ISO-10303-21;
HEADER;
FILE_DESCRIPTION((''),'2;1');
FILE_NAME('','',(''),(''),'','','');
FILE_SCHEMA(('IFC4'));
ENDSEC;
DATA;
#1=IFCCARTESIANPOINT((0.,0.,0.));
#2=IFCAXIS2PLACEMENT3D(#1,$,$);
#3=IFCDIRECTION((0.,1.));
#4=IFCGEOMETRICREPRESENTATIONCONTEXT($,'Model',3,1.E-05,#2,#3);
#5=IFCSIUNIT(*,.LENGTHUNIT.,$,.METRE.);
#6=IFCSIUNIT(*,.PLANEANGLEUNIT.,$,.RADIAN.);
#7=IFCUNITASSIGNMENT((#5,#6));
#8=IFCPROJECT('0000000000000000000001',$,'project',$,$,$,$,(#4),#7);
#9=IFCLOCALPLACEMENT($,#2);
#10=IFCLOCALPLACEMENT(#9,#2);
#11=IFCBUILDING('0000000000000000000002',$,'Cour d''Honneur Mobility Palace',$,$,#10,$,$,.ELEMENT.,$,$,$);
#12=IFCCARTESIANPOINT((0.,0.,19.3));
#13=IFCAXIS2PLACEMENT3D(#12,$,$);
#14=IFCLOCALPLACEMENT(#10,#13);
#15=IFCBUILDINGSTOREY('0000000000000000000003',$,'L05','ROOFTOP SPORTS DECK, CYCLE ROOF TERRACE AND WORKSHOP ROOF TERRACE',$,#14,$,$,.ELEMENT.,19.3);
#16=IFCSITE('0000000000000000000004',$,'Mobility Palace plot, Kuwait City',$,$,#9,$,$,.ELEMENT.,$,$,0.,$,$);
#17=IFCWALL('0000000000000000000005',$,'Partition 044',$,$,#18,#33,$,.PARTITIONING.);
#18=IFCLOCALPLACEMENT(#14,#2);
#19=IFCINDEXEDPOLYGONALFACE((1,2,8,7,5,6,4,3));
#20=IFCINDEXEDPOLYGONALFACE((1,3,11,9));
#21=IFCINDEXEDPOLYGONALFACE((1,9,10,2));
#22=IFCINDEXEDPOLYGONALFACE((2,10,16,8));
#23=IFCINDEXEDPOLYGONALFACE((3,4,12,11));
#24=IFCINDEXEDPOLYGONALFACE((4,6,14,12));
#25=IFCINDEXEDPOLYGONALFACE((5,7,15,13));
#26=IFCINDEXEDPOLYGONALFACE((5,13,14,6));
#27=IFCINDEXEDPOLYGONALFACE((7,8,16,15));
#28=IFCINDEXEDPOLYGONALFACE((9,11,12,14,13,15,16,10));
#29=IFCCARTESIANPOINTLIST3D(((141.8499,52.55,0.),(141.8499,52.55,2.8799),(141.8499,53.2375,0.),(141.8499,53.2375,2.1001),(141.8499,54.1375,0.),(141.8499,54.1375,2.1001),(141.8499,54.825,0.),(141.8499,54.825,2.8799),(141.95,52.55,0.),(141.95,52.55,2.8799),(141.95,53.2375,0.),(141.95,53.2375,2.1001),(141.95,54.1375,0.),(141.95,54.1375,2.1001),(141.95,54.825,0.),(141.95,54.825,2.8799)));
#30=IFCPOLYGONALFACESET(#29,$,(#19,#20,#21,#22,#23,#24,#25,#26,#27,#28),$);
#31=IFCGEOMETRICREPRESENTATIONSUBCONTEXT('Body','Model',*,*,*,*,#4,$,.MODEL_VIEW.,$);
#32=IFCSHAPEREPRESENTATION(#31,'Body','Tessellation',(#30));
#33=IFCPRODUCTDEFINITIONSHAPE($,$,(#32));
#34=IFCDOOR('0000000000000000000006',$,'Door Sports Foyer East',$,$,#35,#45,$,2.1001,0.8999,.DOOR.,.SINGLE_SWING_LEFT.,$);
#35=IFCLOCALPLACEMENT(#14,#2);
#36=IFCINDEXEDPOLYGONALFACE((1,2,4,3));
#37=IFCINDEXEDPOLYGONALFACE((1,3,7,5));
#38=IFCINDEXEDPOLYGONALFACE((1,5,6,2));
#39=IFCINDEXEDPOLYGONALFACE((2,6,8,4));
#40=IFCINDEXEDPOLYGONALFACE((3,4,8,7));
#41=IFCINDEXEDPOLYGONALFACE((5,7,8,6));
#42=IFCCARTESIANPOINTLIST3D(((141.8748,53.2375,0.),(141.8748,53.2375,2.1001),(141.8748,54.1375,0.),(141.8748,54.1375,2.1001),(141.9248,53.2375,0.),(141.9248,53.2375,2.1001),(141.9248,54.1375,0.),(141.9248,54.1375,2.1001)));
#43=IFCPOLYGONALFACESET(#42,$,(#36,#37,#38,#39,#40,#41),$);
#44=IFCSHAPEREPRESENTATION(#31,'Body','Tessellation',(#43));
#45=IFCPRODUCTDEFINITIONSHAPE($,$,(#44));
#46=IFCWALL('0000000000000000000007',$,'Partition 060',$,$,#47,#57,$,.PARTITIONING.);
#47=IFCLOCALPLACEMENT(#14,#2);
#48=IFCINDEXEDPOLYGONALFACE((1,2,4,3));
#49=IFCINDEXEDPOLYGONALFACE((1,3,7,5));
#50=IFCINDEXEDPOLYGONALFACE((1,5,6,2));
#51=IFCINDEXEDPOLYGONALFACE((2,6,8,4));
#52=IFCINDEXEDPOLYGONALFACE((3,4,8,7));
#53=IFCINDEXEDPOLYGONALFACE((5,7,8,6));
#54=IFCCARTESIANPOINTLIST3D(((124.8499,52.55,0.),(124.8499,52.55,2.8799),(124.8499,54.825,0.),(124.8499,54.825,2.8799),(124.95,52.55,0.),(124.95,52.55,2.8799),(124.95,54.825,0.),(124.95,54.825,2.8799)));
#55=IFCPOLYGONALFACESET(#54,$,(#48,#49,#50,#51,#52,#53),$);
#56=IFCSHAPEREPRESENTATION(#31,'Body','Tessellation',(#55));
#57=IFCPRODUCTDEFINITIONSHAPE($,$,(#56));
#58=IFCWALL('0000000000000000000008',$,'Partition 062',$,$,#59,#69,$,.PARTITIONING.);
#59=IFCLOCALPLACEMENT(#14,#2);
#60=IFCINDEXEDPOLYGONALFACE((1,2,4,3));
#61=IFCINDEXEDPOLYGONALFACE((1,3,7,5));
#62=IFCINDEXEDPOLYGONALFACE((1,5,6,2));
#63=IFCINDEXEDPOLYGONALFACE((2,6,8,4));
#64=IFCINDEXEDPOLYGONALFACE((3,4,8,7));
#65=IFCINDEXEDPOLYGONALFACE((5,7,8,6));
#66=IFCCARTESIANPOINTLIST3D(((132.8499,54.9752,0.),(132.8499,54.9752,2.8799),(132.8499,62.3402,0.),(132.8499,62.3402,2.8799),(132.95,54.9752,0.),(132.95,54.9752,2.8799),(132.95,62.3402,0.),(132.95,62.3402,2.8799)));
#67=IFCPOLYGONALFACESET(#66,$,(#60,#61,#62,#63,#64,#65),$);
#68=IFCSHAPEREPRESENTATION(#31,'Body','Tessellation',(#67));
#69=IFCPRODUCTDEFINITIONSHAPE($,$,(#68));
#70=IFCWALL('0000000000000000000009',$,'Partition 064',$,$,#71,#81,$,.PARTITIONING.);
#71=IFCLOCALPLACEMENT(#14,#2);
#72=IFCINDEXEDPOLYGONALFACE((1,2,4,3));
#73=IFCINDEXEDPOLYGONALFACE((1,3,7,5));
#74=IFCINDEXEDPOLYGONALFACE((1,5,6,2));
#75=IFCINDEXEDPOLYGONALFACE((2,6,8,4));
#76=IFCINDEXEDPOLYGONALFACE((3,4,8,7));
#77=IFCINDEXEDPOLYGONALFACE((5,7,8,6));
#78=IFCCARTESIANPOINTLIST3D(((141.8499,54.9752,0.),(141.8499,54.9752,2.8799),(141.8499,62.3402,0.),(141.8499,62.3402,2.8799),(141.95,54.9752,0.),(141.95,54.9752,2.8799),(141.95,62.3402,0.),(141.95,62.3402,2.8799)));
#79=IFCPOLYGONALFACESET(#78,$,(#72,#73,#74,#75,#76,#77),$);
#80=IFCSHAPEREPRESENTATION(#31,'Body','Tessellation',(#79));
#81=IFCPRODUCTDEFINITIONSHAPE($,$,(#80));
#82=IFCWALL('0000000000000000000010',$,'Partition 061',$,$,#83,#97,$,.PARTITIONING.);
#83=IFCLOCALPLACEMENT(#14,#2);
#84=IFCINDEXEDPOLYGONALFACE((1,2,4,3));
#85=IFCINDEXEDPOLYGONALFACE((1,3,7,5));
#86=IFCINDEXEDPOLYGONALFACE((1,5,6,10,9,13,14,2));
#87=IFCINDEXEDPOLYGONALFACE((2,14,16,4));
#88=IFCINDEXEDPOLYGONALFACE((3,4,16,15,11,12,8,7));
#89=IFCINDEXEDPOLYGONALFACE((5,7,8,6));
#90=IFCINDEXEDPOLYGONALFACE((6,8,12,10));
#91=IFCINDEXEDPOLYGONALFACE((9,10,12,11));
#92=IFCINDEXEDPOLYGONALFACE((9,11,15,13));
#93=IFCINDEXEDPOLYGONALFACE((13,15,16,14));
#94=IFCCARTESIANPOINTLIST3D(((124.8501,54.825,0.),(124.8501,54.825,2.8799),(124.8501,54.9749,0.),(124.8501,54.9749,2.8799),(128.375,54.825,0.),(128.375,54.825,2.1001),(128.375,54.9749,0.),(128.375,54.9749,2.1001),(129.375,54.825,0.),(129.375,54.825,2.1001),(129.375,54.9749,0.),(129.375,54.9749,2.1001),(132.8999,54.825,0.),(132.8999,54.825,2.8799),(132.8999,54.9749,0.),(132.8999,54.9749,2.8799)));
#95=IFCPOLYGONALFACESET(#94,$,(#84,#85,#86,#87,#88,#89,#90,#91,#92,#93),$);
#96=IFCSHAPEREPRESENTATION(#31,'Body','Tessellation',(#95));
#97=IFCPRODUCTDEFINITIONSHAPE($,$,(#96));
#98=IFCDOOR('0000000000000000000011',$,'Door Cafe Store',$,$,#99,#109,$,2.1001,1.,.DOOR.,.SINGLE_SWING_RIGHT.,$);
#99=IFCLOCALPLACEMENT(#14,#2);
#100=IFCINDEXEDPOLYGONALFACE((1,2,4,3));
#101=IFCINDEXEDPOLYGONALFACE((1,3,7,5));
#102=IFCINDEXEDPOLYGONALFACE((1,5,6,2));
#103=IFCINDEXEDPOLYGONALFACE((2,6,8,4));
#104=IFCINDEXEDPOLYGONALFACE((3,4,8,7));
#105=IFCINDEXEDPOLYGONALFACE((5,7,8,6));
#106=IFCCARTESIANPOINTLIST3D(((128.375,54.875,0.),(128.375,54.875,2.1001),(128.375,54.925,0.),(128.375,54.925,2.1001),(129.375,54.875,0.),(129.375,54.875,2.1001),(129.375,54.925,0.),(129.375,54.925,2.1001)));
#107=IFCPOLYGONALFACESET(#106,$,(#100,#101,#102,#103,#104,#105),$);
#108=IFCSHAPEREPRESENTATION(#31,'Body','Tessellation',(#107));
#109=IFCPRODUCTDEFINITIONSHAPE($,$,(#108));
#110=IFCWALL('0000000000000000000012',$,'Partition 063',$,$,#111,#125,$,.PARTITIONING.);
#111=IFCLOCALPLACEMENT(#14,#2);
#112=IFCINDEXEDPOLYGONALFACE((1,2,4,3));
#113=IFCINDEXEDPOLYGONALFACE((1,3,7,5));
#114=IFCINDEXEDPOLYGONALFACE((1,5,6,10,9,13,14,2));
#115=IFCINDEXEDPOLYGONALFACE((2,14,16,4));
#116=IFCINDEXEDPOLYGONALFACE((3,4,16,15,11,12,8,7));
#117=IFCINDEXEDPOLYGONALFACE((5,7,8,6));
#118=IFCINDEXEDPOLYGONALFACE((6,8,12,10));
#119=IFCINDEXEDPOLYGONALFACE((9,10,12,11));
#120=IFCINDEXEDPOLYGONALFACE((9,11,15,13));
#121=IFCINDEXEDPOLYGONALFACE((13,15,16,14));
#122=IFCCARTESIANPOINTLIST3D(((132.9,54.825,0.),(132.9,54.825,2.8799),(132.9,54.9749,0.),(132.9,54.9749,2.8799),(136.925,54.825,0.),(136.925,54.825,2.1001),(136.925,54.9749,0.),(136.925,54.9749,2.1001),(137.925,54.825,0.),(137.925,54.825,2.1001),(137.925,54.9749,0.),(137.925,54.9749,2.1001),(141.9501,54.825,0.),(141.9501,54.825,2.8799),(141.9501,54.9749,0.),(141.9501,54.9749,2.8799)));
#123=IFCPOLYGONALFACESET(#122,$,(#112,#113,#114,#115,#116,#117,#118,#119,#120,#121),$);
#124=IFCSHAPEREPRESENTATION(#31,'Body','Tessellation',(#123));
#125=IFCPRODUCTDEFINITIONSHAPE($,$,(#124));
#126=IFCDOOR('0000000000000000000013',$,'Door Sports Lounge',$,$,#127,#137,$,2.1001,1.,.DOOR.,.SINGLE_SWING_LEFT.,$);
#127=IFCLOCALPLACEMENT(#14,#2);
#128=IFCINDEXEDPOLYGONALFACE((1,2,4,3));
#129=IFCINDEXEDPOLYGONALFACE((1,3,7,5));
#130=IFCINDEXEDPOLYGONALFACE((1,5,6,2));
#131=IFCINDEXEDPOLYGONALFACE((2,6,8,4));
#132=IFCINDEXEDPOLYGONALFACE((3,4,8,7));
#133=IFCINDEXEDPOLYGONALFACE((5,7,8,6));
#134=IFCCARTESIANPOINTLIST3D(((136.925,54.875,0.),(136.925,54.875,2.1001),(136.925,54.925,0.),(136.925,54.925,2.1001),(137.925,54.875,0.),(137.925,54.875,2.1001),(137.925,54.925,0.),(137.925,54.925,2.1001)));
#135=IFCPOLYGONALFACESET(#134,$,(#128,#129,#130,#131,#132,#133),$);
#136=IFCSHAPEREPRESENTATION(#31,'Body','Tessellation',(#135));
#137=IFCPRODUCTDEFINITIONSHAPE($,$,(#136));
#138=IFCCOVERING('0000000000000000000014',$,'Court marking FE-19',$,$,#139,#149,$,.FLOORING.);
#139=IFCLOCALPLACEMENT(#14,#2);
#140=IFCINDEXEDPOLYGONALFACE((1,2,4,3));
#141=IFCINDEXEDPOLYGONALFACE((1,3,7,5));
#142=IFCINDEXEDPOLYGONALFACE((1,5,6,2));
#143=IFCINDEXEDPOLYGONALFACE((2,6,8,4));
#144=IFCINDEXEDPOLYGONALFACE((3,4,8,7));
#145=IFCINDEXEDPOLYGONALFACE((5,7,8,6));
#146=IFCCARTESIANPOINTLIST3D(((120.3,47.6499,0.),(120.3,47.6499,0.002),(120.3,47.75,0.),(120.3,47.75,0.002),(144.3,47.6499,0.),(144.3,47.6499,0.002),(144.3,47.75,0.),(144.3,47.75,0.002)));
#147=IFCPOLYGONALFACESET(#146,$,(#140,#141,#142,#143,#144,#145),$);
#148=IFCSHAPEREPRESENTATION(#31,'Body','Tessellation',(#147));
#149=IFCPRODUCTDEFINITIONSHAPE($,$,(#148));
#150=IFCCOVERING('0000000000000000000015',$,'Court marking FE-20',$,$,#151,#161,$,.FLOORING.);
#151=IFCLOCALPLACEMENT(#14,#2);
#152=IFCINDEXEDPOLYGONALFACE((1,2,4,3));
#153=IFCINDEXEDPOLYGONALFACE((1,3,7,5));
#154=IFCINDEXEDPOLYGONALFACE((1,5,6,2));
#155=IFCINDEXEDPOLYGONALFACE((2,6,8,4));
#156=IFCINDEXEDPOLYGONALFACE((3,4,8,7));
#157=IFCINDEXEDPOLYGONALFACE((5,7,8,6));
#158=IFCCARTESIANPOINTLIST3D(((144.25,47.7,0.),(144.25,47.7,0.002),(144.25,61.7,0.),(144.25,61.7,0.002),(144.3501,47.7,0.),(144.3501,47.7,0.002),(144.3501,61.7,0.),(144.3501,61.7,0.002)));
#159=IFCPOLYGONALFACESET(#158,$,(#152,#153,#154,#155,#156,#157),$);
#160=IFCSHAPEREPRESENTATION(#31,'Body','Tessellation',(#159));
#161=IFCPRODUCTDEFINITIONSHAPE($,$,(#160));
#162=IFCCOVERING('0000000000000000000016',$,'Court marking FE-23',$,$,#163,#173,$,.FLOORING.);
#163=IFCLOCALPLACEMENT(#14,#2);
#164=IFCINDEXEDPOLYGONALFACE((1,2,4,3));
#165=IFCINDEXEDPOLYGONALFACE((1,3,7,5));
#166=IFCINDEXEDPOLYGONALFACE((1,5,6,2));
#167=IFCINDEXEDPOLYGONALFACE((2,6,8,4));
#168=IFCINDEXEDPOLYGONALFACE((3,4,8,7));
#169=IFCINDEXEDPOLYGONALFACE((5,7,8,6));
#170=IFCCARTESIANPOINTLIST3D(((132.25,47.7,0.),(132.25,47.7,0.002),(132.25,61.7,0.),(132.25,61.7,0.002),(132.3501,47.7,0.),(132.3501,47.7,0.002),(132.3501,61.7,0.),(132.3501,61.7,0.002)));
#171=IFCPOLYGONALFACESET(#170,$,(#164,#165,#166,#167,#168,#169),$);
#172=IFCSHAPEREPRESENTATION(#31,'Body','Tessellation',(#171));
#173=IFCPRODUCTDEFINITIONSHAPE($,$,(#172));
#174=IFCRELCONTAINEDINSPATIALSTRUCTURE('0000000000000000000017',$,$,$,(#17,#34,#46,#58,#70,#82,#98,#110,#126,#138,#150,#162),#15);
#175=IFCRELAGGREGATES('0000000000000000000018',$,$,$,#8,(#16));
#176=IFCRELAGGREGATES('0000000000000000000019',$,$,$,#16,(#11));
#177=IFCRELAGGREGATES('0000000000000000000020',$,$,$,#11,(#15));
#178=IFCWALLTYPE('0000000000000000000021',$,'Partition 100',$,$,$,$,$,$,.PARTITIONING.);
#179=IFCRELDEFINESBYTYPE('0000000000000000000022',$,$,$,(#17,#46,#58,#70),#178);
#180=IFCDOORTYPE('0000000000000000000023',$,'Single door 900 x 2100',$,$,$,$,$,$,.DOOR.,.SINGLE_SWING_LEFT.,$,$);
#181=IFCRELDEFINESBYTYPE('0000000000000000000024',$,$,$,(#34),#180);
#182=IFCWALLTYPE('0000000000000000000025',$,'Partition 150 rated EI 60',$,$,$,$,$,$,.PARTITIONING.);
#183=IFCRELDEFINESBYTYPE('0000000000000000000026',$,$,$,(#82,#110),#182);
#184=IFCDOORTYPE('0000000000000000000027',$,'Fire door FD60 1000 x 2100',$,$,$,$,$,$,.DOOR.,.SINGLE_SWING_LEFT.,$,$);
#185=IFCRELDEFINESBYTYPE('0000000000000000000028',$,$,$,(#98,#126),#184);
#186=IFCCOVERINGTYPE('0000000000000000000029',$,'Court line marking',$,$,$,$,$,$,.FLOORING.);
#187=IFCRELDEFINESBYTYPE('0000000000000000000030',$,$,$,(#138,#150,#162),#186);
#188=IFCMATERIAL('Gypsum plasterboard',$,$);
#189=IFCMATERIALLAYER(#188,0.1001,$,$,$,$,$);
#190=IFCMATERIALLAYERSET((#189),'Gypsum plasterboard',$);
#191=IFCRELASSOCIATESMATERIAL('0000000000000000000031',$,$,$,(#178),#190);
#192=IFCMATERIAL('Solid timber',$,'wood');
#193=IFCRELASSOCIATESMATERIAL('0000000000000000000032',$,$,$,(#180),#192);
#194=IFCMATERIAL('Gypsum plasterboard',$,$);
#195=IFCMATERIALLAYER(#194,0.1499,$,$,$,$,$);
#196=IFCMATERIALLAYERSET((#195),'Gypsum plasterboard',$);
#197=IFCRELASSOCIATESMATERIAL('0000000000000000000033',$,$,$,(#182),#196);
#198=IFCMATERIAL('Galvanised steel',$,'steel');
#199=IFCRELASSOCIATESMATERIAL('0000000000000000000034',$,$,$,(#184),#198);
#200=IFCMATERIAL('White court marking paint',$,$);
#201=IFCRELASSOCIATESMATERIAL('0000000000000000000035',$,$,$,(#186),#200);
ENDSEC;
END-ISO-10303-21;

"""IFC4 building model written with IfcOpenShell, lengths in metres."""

from ifc_helpers import new_model, si_unit, direction, frame, frame_2d, origin, origin_2d, place, context, subcontext, project, spatial, rectangle, extrude, material, layer, layer_set, material_profile, profile_set, type_object, element, fill, save


model = new_model("IFC4")

# Units and contexts
model_context = context("Model", 3, precision=1e-05, world=origin(), true_north=direction((0.0, 1.0)))
body_context = subcontext(model_context, "Body", "Model", "MODEL_VIEW")
ifc_project = project(units=[si_unit("LENGTHUNIT", "METRE"), si_unit("PLANEANGLEUNIT", "RADIAN")], contexts=[model_context])

# Site, building, storey
site_placement = place(None, origin())
site = spatial("IfcSite", under=ifc_project, at=site_placement, Name="Mobility Palace plot, Kuwait City", CompositionType="ELEMENT", RefElevation=0.0)
building_placement = place(site_placement, origin())
building = spatial("IfcBuilding", under=site, at=building_placement, Name="Cour d'Honneur Mobility Palace", CompositionType="ELEMENT")
storey_placement = place(building_placement, frame((0.0, 0.0, 19.3)))
storey = spatial("IfcBuildingStorey", under=building, at=storey_placement, Name="L05", Description="ROOFTOP SPORTS DECK, CYCLE ROOF TERRACE AND WORKSHOP ROOF TERRACE", CompositionType="ELEMENT", Elevation=19.3)

# Shared definitions
ifc_material_1 = material(Name="Gypsum plasterboard")
ifc_layer_1 = layer(ifc_material_1, 0.1001)
ifc_layer_set_1 = layer_set([ifc_layer_1], Name="Gypsum plasterboard")
wall_type_1 = type_object("IfcWallType", Name="Partition 100", PredefinedType="PARTITIONING", material=ifc_layer_set_1)

# Wall, opening, door
ifc_material_2 = material(Name="Solid timber", Category="wood")
door_type_1 = type_object("IfcDoorType", Name="Single door 900 x 2100", OperationType="SINGLE_SWING_LEFT", PredefinedType="DOOR", material=ifc_material_2)
wall_1_placement = place(storey_placement, frame((141.8999, 52.55, 0.0), z_axis=(0.0, 0.0, 1.0), x_axis=(0.0, 1.0, 0.0)))
wall_1 = element("IfcWall", 1, at=wall_1_placement, inside=storey, type_object=wall_type_1, Name="Partition 044", PredefinedType="PARTITIONING", context=body_context, shape_type="SweptSolid", body=[
    extrude(rectangle(XDim=2.2749, YDim=0.1001, at=frame_2d((1.1375, 0.0))), origin(), (0.0, 0.0, 1.0), 2.8799),
])
opening_1_placement = place(wall_1_placement, frame((0.6875, 0.0, 0.0)))
opening_1 = element("IfcOpeningElement", 2, at=opening_1_placement, cuts=wall_1, PredefinedType="OPENING", context=body_context, shape_type="SweptSolid", body=[
    extrude(rectangle(XDim=0.8999, YDim=2.1001, at=frame_2d((0.45, 1.05))), frame((0.0, 0.0601, 0.0), z_axis=(0.0, -1.0, 0.0), x_axis=(1.0, 0.0, 0.0)), (0.0, 0.0, 1.0), 0.1201),
])
door_1_placement = place(opening_1_placement, frame((0.8999, 0.0, 0.0), z_axis=(0.0, 0.0, 1.0), x_axis=(-1.0, 0.0, 0.0)))
door_1 = element("IfcDoor", 3, at=door_1_placement, inside=storey, type_object=door_type_1, Name="Door Sports Foyer East", OperationType="SINGLE_SWING_LEFT", OverallHeight=2.1001, OverallWidth=0.8999, PredefinedType="DOOR", context=body_context, shape_type="SweptSolid", body=[
    extrude(rectangle(XDim=0.8999, YDim=2.1001, at=frame_2d((0.45, 1.05))), frame((0.0, 0.0249, 0.0), z_axis=(0.0, -1.0, 0.0), x_axis=(1.0, 0.0, 0.0)), (0.0, 0.0, 1.0), 0.05),
])
fill(opening_1, door_1)

# Walls
wall_2_placement = place(storey_placement, frame((124.8999, 54.825, 0.0), z_axis=(0.0, 0.0, 1.0), x_axis=(0.0, -1.0, 0.0)))
element("IfcWall", 4, at=wall_2_placement, inside=storey, type_object=wall_type_1, Name="Partition 060", PredefinedType="PARTITIONING", context=body_context, shape_type="SweptSolid", body=[
    extrude(rectangle(XDim=2.2749, YDim=0.1001, at=frame_2d((1.1375, 0.0))), origin(), (0.0, 0.0, 1.0), 2.8799),
])
for number, where, z_axis, x_axis, name in (
    (5, (132.8999, 54.9751, 0.0), (0.0, 0.0, 1.0), (0.0, 1.0, 0.0), "Partition 062"),
    (6, (141.8999, 54.9751, 0.0), (0.0, 0.0, 1.0), (0.0, 1.0, 0.0), "Partition 064"),
):
    element("IfcWall", number, at=place(storey_placement, frame(where, z_axis=z_axis, x_axis=x_axis)), inside=storey, type_object=wall_type_1, Name=name, PredefinedType="PARTITIONING", context=body_context, shape_type="SweptSolid", body=[
        extrude(rectangle(XDim=7.365, YDim=0.1001, at=frame_2d((3.6826, 0.0))), origin(), (0.0, 0.0, 1.0), 2.8799),
    ])

# Walls, openings, doors
ifc_material_3 = material(Name="Gypsum plasterboard")
ifc_layer_2 = layer(ifc_material_3, 0.1499)
ifc_layer_set_2 = layer_set([ifc_layer_2], Name="Gypsum plasterboard")
wall_type_2 = type_object("IfcWallType", Name="Partition 150 rated EI 60", PredefinedType="PARTITIONING", material=ifc_layer_set_2)
wall_3_placement = place(storey_placement, frame((132.8999, 54.8999, 0.0), z_axis=(0.0, 0.0, 1.0), x_axis=(-1.0, 0.0, 0.0)))
wall_3 = element("IfcWall", 7, at=wall_3_placement, inside=storey, type_object=wall_type_2, Name="Partition 061", PredefinedType="PARTITIONING", context=body_context, shape_type="SweptSolid", body=[
    extrude(rectangle(XDim=8.0498, YDim=0.1499, at=frame_2d((4.0249, 0.0))), origin(), (0.0, 0.0, 1.0), 2.8799),
])
opening_2_placement = place(wall_3_placement, frame((3.5249, 0.0, 0.0)))
opening_2 = element("IfcOpeningElement", 8, at=opening_2_placement, cuts=wall_3, PredefinedType="OPENING", context=body_context, shape_type="SweptSolid", body=[
    extrude(rectangle(XDim=1.0, YDim=2.1001, at=frame_2d((0.5, 1.05))), frame((0.0, 0.085, 0.0), z_axis=(0.0, -1.0, 0.0), x_axis=(1.0, 0.0, 0.0)), (0.0, 0.0, 1.0), 0.1699),
])
ifc_material_4 = material(Name="Galvanised steel", Category="steel")
door_type_2 = type_object("IfcDoorType", Name="Fire door FD60 1000 x 2100", OperationType="SINGLE_SWING_LEFT", PredefinedType="DOOR", material=ifc_material_4)
door_2_placement = place(opening_2_placement, origin())
door_2 = element("IfcDoor", 9, at=door_2_placement, inside=storey, type_object=door_type_2, Name="Door Cafe Store", OperationType="SINGLE_SWING_RIGHT", OverallHeight=2.1001, OverallWidth=1.0, PredefinedType="DOOR", context=body_context, shape_type="SweptSolid", body=[
    extrude(rectangle(XDim=1.0, YDim=2.1001, at=frame_2d((0.5, 1.05))), frame((0.0, 0.0249, 0.0), z_axis=(0.0, -1.0, 0.0), x_axis=(1.0, 0.0, 0.0)), (0.0, 0.0, 1.0), 0.05),
])
fill(opening_2, door_2)
wall_4_placement = place(storey_placement, frame((141.95, 54.8999, 0.0), z_axis=(0.0, 0.0, 1.0), x_axis=(-1.0, 0.0, 0.0)))
wall_4 = element("IfcWall", 10, at=wall_4_placement, inside=storey, type_object=wall_type_2, Name="Partition 063", PredefinedType="PARTITIONING", context=body_context, shape_type="SweptSolid", body=[
    extrude(rectangle(XDim=9.05, YDim=0.1499, at=frame_2d((4.5249, 0.0))), origin(), (0.0, 0.0, 1.0), 2.8799),
])
opening_3_placement = place(wall_4_placement, frame((4.0249, 0.0, 0.0)))
opening_3 = element("IfcOpeningElement", 11, at=opening_3_placement, cuts=wall_4, PredefinedType="OPENING", context=body_context, shape_type="SweptSolid", body=[
    extrude(rectangle(XDim=1.0, YDim=2.1001, at=frame_2d((0.5, 1.05))), frame((0.0, 0.085, 0.0), z_axis=(0.0, -1.0, 0.0), x_axis=(1.0, 0.0, 0.0)), (0.0, 0.0, 1.0), 0.1699),
])
door_3_placement = place(opening_3_placement, origin())
door_3 = element("IfcDoor", 12, at=door_3_placement, inside=storey, type_object=door_type_2, Name="Door Sports Lounge", OperationType="SINGLE_SWING_LEFT", OverallHeight=2.1001, OverallWidth=1.0, PredefinedType="DOOR", context=body_context, shape_type="SweptSolid", body=[
    extrude(rectangle(XDim=1.0, YDim=2.1001, at=frame_2d((0.5, 1.05))), frame((0.0, 0.0249, 0.0), z_axis=(0.0, -1.0, 0.0), x_axis=(1.0, 0.0, 0.0)), (0.0, 0.0, 1.0), 0.05),
])
fill(opening_3, door_3)

# Coverings
ifc_material_5 = material(Name="White court marking paint")
ifc_material_profile_1 = material_profile(ifc_material_5, rectangle(XDim=0.1001, YDim=0.002, at=origin_2d()), Name="Court line marking")
ifc_profile_set_1 = profile_set([ifc_material_profile_1], Name="White court marking paint")
covering_type = type_object("IfcCoveringType", Name="Court line marking", PredefinedType="FLOORING", material=ifc_profile_set_1)
covering_1_placement = place(storey_placement, frame((120.3, 47.7, 0.001), z_axis=(1.0, 0.0, 0.0), x_axis=(0.0, 1.0, 0.0)))
element("IfcCovering", 13, at=covering_1_placement, inside=storey, type_object=covering_type, Name="Court marking FE-19", PredefinedType="FLOORING", context=body_context, shape_type="SweptSolid", body=[
    extrude(rectangle(XDim=0.1001, YDim=0.002, at=origin_2d()), origin(), (0.0, 0.0, 1.0), 24.0),
])
for number, where, z_axis, x_axis, name in (
    (14, (144.3, 47.7, 0.001), (0.0, 1.0, 0.0), (-1.0, 0.0, 0.0), "Court marking FE-20"),
    (15, (132.3, 47.7, 0.001), (0.0, 1.0, 0.0), (-1.0, 0.0, 0.0), "Court marking FE-23"),
):
    element("IfcCovering", number, at=place(storey_placement, frame(where, z_axis=z_axis, x_axis=x_axis)), inside=storey, type_object=covering_type, Name=name, PredefinedType="FLOORING", context=body_context, shape_type="SweptSolid", body=[
        extrude(rectangle(XDim=0.1001, YDim=0.002, at=origin_2d()), origin(), (0.0, 0.0, 1.0), 14.0),
    ])

save(model, "model.ifc")
